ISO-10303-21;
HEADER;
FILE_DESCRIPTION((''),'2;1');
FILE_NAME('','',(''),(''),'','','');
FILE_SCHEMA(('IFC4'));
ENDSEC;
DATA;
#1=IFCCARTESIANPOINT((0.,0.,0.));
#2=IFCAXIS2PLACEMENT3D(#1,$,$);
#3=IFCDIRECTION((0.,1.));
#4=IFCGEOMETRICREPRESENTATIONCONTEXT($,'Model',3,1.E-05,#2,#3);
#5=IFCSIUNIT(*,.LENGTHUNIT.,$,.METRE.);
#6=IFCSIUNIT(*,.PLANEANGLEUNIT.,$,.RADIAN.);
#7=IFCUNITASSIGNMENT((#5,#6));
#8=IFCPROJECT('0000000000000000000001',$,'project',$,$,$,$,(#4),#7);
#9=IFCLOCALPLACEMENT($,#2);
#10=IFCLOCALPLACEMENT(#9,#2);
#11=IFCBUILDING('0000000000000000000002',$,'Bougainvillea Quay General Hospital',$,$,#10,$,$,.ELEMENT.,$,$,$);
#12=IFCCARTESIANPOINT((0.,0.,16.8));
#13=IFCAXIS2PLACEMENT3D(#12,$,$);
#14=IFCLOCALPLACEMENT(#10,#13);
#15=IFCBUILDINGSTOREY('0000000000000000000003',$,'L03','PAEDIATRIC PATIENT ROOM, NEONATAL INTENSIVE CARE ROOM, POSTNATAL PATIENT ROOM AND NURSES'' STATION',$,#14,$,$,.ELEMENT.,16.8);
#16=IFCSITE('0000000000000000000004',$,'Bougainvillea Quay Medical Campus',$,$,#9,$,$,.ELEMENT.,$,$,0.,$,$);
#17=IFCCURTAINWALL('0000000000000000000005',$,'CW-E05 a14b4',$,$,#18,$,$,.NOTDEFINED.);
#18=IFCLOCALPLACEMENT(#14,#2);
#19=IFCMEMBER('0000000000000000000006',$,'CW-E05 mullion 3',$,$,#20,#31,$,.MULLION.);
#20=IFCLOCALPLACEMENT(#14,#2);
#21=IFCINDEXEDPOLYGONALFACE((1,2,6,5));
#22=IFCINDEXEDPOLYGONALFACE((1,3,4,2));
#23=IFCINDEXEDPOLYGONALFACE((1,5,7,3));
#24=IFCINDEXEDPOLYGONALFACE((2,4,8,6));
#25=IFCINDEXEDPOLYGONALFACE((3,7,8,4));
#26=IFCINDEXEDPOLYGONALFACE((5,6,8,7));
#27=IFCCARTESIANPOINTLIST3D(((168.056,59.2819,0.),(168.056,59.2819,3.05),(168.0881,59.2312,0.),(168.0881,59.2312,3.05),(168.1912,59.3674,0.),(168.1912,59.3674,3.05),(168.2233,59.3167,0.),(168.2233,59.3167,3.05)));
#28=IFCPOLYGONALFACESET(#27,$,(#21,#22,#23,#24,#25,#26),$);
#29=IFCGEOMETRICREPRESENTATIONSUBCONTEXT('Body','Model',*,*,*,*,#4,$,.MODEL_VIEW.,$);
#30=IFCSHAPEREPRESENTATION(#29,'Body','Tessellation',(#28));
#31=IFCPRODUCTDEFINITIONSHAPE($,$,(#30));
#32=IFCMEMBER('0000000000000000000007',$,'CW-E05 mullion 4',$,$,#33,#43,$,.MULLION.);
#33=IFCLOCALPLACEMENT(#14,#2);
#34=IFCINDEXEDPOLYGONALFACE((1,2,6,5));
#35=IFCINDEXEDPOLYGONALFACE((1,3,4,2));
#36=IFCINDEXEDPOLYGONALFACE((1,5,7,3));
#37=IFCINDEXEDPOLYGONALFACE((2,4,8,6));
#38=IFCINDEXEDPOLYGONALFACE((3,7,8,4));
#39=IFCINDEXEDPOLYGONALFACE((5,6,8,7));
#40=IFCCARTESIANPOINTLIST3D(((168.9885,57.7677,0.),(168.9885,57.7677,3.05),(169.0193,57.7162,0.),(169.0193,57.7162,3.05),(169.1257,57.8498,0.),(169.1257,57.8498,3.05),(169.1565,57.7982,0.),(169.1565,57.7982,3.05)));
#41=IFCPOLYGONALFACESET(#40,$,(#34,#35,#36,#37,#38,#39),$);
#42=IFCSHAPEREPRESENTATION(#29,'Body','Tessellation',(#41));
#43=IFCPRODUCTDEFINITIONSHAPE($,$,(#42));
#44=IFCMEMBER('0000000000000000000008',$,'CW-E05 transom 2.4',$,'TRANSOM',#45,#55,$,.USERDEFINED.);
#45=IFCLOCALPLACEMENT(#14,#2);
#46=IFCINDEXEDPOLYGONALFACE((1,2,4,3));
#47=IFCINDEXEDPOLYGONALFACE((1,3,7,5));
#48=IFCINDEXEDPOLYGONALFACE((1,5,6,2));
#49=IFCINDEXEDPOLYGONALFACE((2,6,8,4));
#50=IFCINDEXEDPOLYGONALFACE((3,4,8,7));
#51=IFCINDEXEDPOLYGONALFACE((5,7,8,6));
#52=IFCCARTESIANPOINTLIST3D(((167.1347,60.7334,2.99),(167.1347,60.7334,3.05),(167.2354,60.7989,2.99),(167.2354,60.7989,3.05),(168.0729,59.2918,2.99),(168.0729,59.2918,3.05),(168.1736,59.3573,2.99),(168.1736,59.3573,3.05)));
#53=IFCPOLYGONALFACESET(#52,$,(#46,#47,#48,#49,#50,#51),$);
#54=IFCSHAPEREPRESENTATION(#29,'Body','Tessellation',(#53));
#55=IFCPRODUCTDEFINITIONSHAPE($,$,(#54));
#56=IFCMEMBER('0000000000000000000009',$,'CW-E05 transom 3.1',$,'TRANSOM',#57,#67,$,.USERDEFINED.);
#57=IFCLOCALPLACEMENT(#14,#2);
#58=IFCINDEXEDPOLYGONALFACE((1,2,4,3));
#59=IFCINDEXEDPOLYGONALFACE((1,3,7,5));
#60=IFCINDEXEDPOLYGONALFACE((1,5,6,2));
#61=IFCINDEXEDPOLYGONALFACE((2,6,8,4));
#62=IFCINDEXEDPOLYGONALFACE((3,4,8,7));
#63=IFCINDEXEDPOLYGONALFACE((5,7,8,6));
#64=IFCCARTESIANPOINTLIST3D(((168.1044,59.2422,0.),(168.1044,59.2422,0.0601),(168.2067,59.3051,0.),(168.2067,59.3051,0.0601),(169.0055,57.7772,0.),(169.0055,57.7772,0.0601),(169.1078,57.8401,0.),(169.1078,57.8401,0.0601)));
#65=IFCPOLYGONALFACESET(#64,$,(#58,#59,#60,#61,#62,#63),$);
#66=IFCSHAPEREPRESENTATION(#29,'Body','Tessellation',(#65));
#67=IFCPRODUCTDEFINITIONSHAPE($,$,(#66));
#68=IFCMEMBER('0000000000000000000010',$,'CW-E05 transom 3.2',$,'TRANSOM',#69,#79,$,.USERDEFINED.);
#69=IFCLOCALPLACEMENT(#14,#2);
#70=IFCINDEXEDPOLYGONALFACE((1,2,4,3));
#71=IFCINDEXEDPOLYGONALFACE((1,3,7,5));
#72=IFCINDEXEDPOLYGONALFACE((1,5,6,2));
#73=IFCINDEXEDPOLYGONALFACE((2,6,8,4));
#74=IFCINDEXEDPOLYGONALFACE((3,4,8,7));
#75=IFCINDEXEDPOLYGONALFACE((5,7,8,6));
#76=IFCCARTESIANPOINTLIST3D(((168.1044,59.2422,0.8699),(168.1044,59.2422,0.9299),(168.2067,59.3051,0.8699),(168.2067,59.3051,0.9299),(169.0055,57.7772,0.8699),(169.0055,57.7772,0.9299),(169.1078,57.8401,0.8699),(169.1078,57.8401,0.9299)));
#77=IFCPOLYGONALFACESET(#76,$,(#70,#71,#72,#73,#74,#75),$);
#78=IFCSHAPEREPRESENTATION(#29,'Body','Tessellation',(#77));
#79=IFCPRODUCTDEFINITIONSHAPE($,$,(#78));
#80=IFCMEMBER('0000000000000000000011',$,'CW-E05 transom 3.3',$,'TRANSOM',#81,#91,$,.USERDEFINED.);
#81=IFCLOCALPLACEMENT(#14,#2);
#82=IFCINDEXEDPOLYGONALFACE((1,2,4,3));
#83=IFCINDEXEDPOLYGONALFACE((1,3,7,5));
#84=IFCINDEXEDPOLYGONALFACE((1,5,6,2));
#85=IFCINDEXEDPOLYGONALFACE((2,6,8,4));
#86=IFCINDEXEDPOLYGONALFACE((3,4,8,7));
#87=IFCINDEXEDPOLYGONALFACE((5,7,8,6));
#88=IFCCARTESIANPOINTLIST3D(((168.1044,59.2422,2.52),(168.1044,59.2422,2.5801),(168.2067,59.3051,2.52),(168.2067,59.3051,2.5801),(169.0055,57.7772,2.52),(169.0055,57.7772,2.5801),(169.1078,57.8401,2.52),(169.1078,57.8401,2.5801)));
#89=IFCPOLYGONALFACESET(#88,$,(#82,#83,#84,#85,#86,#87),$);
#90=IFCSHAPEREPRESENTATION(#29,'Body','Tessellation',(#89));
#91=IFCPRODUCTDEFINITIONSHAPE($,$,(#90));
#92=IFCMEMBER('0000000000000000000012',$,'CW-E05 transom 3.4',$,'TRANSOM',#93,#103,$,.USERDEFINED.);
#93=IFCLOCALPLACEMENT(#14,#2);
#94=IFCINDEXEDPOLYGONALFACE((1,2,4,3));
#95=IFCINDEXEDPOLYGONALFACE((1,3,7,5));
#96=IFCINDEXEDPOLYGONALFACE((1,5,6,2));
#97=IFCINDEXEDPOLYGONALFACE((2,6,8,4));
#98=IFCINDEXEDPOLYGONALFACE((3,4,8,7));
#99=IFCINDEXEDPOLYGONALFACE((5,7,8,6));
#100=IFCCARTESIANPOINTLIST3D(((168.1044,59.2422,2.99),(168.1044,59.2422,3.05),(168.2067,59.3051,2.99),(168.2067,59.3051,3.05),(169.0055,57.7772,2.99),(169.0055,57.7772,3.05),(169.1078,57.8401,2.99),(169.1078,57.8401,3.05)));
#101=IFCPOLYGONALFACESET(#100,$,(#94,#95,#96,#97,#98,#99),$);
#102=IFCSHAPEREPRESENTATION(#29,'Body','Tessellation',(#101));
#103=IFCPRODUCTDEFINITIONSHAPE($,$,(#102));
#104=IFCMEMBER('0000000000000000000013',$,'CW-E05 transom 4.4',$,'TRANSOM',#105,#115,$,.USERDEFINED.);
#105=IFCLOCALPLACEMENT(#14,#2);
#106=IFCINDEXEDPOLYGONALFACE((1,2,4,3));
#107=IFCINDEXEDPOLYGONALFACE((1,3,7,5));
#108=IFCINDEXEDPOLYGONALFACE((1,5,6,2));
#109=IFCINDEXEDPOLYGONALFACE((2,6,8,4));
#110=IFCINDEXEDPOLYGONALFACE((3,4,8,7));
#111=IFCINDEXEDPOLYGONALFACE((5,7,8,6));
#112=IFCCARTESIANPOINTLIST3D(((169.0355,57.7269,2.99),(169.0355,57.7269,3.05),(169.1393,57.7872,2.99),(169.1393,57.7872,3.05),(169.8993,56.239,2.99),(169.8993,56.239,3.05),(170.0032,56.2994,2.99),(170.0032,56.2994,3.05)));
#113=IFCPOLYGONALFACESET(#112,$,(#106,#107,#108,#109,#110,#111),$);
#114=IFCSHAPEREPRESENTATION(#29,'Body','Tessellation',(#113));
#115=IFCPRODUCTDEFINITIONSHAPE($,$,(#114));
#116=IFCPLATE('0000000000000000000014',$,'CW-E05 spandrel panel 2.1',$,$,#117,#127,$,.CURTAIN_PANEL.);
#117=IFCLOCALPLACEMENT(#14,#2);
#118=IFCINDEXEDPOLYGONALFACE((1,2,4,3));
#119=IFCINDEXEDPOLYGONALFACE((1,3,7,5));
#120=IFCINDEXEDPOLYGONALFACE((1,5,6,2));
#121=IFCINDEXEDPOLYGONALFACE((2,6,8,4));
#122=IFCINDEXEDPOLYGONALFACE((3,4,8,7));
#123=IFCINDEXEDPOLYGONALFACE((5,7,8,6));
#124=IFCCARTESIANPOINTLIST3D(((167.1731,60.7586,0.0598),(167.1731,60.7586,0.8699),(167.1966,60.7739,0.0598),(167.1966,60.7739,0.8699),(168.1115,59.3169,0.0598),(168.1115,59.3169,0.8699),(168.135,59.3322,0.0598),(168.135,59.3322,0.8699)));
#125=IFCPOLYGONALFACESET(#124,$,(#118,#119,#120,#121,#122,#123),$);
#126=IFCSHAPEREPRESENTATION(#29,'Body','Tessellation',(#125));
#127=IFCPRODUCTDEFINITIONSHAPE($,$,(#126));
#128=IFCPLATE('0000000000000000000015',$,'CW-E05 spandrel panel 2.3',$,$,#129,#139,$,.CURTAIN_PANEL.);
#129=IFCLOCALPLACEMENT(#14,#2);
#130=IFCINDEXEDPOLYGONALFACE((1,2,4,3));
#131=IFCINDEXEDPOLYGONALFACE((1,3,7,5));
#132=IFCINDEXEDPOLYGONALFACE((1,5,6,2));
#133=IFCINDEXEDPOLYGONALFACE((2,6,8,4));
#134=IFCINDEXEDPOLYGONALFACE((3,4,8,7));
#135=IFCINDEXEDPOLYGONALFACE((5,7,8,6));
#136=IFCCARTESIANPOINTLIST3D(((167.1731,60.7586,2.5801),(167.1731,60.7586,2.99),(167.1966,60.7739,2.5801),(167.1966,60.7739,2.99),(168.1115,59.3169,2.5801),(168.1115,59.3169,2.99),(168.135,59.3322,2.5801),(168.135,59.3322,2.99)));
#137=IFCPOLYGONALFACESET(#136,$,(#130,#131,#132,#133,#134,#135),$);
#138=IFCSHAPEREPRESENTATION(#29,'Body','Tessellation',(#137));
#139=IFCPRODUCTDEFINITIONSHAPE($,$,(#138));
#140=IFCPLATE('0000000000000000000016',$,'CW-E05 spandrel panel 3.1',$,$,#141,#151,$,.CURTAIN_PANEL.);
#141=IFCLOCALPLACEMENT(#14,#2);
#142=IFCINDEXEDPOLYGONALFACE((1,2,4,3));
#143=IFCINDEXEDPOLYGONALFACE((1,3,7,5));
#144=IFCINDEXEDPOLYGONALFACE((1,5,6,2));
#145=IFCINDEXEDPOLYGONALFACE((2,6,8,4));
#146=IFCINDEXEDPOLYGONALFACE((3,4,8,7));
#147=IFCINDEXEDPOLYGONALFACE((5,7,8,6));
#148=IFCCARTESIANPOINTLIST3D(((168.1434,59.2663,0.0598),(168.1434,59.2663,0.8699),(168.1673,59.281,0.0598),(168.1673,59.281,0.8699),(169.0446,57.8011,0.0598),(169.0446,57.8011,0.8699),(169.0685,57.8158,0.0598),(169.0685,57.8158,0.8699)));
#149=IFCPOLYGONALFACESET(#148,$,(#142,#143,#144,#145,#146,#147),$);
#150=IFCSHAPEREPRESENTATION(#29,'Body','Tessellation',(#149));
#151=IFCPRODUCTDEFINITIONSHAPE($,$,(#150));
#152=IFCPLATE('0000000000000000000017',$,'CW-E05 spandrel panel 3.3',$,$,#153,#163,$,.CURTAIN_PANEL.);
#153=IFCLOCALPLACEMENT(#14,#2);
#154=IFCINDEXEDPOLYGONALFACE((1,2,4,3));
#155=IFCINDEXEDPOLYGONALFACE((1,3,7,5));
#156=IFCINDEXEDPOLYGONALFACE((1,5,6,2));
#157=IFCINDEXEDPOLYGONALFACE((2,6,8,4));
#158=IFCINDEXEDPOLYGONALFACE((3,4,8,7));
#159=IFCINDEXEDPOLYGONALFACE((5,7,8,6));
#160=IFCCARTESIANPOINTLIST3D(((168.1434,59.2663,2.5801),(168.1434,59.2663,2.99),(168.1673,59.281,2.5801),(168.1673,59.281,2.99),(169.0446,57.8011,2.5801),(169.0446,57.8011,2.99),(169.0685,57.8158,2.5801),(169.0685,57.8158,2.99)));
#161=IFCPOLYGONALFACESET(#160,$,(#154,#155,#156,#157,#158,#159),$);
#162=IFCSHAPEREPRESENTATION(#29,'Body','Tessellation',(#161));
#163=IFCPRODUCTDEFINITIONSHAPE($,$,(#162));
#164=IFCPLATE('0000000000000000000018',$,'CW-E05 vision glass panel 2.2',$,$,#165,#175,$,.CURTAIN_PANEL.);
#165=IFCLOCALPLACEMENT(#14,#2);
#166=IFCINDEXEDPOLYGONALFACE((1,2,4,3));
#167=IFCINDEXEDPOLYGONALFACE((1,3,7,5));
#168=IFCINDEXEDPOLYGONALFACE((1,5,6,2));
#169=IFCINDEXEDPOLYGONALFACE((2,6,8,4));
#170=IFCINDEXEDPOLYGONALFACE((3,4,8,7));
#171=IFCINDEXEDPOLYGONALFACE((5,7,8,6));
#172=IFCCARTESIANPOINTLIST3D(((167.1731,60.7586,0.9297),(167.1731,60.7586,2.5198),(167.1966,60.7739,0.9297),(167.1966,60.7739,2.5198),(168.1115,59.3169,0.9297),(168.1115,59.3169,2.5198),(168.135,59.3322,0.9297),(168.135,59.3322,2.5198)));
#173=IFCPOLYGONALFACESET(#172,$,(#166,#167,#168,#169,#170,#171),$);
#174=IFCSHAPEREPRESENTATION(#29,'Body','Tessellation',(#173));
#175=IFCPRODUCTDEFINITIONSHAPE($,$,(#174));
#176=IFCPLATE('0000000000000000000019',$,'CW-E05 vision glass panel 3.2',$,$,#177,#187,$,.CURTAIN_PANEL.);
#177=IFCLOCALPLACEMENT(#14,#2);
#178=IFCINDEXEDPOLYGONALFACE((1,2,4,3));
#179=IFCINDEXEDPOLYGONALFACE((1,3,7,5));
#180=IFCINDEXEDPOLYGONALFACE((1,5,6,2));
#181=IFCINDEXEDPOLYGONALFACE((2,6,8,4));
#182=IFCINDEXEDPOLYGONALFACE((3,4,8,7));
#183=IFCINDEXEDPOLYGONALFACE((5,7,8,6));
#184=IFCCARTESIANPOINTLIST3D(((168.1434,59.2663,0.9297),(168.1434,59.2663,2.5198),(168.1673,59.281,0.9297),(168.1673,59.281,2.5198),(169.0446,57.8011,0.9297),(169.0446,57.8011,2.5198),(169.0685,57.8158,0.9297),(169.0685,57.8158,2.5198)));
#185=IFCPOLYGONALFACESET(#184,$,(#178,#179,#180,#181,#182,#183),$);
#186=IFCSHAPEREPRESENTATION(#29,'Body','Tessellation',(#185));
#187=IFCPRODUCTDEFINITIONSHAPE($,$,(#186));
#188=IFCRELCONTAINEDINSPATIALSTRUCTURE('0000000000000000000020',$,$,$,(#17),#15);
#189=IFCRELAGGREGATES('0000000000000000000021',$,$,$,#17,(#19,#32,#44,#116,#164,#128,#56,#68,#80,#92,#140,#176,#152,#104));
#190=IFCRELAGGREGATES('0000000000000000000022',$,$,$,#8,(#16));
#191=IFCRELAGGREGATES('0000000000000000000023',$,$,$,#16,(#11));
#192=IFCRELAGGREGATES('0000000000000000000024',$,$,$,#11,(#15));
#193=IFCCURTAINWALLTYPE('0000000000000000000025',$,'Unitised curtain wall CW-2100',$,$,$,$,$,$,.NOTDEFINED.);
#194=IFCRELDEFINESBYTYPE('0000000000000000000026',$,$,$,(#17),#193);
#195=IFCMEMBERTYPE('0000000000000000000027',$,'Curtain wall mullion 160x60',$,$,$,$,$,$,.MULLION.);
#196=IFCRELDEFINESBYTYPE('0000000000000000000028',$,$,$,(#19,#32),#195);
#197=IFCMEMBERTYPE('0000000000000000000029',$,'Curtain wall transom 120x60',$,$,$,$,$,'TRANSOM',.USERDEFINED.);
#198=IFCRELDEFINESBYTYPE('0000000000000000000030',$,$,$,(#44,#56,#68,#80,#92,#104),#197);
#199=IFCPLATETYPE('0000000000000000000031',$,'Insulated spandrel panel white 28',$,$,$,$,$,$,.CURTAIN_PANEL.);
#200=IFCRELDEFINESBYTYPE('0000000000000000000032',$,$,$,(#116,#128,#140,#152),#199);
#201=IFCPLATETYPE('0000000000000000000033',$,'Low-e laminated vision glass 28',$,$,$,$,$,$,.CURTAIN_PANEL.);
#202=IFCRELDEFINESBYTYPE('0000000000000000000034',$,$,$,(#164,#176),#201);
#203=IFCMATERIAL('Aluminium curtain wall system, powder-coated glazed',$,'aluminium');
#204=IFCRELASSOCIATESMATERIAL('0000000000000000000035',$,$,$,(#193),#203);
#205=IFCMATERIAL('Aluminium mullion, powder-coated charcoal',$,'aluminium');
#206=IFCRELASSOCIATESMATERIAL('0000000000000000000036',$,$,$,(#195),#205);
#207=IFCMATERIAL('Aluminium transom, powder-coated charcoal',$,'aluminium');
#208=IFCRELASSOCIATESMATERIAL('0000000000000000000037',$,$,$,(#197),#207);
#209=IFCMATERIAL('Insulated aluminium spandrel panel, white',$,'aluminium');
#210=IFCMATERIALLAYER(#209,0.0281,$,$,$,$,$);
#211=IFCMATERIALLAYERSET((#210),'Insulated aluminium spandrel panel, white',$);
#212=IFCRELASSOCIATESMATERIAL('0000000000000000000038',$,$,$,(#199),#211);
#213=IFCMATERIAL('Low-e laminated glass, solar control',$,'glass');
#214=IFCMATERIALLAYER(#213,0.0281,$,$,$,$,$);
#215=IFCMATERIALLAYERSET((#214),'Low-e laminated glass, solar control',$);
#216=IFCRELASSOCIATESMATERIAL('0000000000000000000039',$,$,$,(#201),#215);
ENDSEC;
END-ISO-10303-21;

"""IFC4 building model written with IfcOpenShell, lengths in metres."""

from ifc_helpers import new_model, si_unit, direction, frame, origin, origin_2d, place, context, subcontext, project, spatial, rectangle, extrude, material, layer, layer_set, material_profile, profile_set, type_object, element, aggregate, save


model = new_model("IFC4")

# Units and contexts
model_context = context("Model", 3, precision=1e-05, world=origin(), true_north=direction((0.0, 1.0)))
body_context = subcontext(model_context, "Body", "Model", "MODEL_VIEW")
ifc_project = project(units=[si_unit("LENGTHUNIT", "METRE"), si_unit("PLANEANGLEUNIT", "RADIAN")], contexts=[model_context])

# Site, building, storey
site_placement = place(None, origin())
site = spatial("IfcSite", under=ifc_project, at=site_placement, Name="Bougainvillea Quay Medical Campus", CompositionType="ELEMENT", RefElevation=0.0)
building_placement = place(site_placement, origin())
building = spatial("IfcBuilding", under=site, at=building_placement, Name="Bougainvillea Quay General Hospital", CompositionType="ELEMENT")
storey_placement = place(building_placement, frame((0.0, 0.0, 16.8)))
storey = spatial("IfcBuildingStorey", under=building, at=storey_placement, Name="L03", Description="PAEDIATRIC PATIENT ROOM, NEONATAL INTENSIVE CARE ROOM, POSTNATAL PATIENT ROOM AND NURSES' STATION", CompositionType="ELEMENT", Elevation=16.8)

# Curtain wall, members, plates
ifc_material_1 = material(Name="Aluminium curtain wall system, powder-coated glazed", Category="aluminium")
curtain_wall_type = type_object("IfcCurtainWallType", Name="Unitised curtain wall CW-2100", PredefinedType="NOTDEFINED", material=ifc_material_1)
curtain_wall_placement = place(storey_placement, origin())
curtain_wall = element("IfcCurtainWall", 1, at=curtain_wall_placement, inside=storey, type_object=curtain_wall_type, Name="CW-E05 a14b4", PredefinedType="NOTDEFINED")
ifc_material_2 = material(Name="Aluminium mullion, powder-coated charcoal", Category="aluminium")
ifc_material_profile_1 = material_profile(ifc_material_2, rectangle(XDim=0.1599, YDim=0.0601, at=origin_2d()))
ifc_profile_set_1 = profile_set([ifc_material_profile_1], Name="Aluminium mullion, powder-coated charcoal")
member_type_1 = type_object("IfcMemberType", Name="Curtain wall mullion 160x60", PredefinedType="MULLION", material=ifc_profile_set_1)
member_1_placement = place(storey_placement, frame((168.1396, 59.2993, 0.0), z_axis=(0.0, 0.0, 1.0), x_axis=(0.845008, 0.534754, 0.0)))
member_1 = element("IfcMember", 2, at=member_1_placement, type_object=member_type_1, Name="CW-E05 mullion 3", PredefinedType="MULLION", context=body_context, shape_type="SweptSolid", body=[
    extrude(rectangle(XDim=0.1599, YDim=0.0601, at=origin_2d()), origin(), (0.0, 0.0, 1.0), 3.05),
])
member_2_placement = place(storey_placement, frame((169.0725, 57.783, 0.0), z_axis=(0.0, 0.0, 1.0), x_axis=(0.85838, 0.513014, 0.0)))
member_2 = element("IfcMember", 3, at=member_2_placement, type_object=member_type_1, Name="CW-E05 mullion 4", PredefinedType="MULLION", context=body_context, shape_type="SweptSolid", body=[
    extrude(rectangle(XDim=0.1599, YDim=0.0601, at=origin_2d()), origin(), (0.0, 0.0, 1.0), 3.05),
])
ifc_material_3 = material(Name="Aluminium transom, powder-coated charcoal", Category="aluminium")
ifc_material_profile_2 = material_profile(ifc_material_3, rectangle(XDim=0.1201, YDim=0.0601, at=origin_2d()))
ifc_profile_set_2 = profile_set([ifc_material_profile_2], Name="Aluminium transom, powder-coated charcoal")
member_type_2 = type_object("IfcMemberType", Name="Curtain wall transom 120x60", ElementType="TRANSOM", PredefinedType="USERDEFINED", material=ifc_profile_set_2)
member_3_placement = place(storey_placement, frame((167.1851, 60.7661, 3.02), z_axis=(0.545462, -0.838135, 0.0), x_axis=(0.838135, 0.545462, 0.0)))
member_3 = element("IfcMember", 4, at=member_3_placement, type_object=member_type_2, Name="CW-E05 transom 2.4", ObjectType="TRANSOM", PredefinedType="USERDEFINED", context=body_context, shape_type="SweptSolid", body=[
    extrude(rectangle(XDim=0.1201, YDim=0.0601, at=origin_2d()), origin(), (0.0, 0.0, 1.0), 1.72),
])
member_4_placement = place(storey_placement, frame((168.1555, 59.2737, 0.03), z_axis=(0.523899, -0.85178, 0.0), x_axis=(0.85178, 0.523899, 0.0)))
member_4 = element("IfcMember", 5, at=member_4_placement, type_object=member_type_2, Name="CW-E05 transom 3.1", ObjectType="TRANSOM", PredefinedType="USERDEFINED", context=body_context, shape_type="SweptSolid", body=[
    extrude(rectangle(XDim=0.1201, YDim=0.0601, at=origin_2d()), origin(), (0.0, 0.0, 1.0), 1.72),
])
member_5_placement = place(storey_placement, frame((168.1555, 59.2737, 0.8999), z_axis=(0.523899, -0.85178, 0.0), x_axis=(0.85178, 0.523899, 0.0)))
member_5 = element("IfcMember", 6, at=member_5_placement, type_object=member_type_2, Name="CW-E05 transom 3.2", ObjectType="TRANSOM", PredefinedType="USERDEFINED", context=body_context, shape_type="SweptSolid", body=[
    extrude(rectangle(XDim=0.1201, YDim=0.0601, at=origin_2d()), origin(), (0.0, 0.0, 1.0), 1.72),
])
member_6_placement = place(storey_placement, frame((168.1555, 59.2737, 2.55), z_axis=(0.523899, -0.85178, 0.0), x_axis=(0.85178, 0.523899, 0.0)))
member_6 = element("IfcMember", 7, at=member_6_placement, type_object=member_type_2, Name="CW-E05 transom 3.3", ObjectType="TRANSOM", PredefinedType="USERDEFINED", context=body_context, shape_type="SweptSolid", body=[
    extrude(rectangle(XDim=0.1201, YDim=0.0601, at=origin_2d()), origin(), (0.0, 0.0, 1.0), 1.72),
])
member_7_placement = place(storey_placement, frame((168.1555, 59.2737, 3.02), z_axis=(0.523899, -0.85178, 0.0), x_axis=(0.85178, 0.523899, 0.0)))
member_7 = element("IfcMember", 8, at=member_7_placement, type_object=member_type_2, Name="CW-E05 transom 3.4", ObjectType="TRANSOM", PredefinedType="USERDEFINED", context=body_context, shape_type="SweptSolid", body=[
    extrude(rectangle(XDim=0.1201, YDim=0.0601, at=origin_2d()), origin(), (0.0, 0.0, 1.0), 1.72),
])
member_8_placement = place(storey_placement, frame((169.0874, 57.7571, 3.02), z_axis=(0.502088, -0.864817, 0.0), x_axis=(0.864817, 0.502088, 0.0)))
member_8 = element("IfcMember", 9, at=member_8_placement, type_object=member_type_2, Name="CW-E05 transom 4.4", ObjectType="TRANSOM", PredefinedType="USERDEFINED", context=body_context, shape_type="SweptSolid", body=[
    extrude(rectangle(XDim=0.1201, YDim=0.0601, at=origin_2d()), origin(), (0.0, 0.0, 1.0), 1.7205),
])
ifc_material_4 = material(Name="Insulated aluminium spandrel panel, white", Category="aluminium")
ifc_layer_1 = layer(ifc_material_4, 0.0281)
ifc_layer_set_1 = layer_set([ifc_layer_1], Name="Insulated aluminium spandrel panel, white")
plate_type_1 = type_object("IfcPlateType", Name="Insulated spandrel panel white 28", PredefinedType="CURTAIN_PANEL", material=ifc_layer_set_1)
plate_1_placement = place(storey_placement, frame((167.6541, 60.0454, 0.0598), z_axis=(0.0, 0.0, 1.0), x_axis=(0.545494, -0.838115, 0.0)))
plate_1 = element("IfcPlate", 10, at=plate_1_placement, type_object=plate_type_1, Name="CW-E05 spandrel panel 2.1", PredefinedType="CURTAIN_PANEL", context=body_context, shape_type="SweptSolid", body=[
    extrude(rectangle(XDim=1.7202, YDim=0.0281, at=origin_2d()), origin(), (0.0, 0.0, 1.0), 0.8101),
])
plate_2_placement = place(storey_placement, frame((167.6541, 60.0454, 2.5801), z_axis=(0.0, 0.0, 1.0), x_axis=(0.545494, -0.838115, 0.0)))
plate_2 = element("IfcPlate", 11, at=plate_2_placement, type_object=plate_type_1, Name="CW-E05 spandrel panel 2.3", PredefinedType="CURTAIN_PANEL", context=body_context, shape_type="SweptSolid", body=[
    extrude(rectangle(XDim=1.7202, YDim=0.0281, at=origin_2d()), origin(), (0.0, 0.0, 1.0), 0.4099),
])
plate_3_placement = place(storey_placement, frame((168.606, 58.541, 0.0598), z_axis=(0.0, 0.0, 1.0), x_axis=(0.523926, -0.851764, 0.0)))
plate_3 = element("IfcPlate", 12, at=plate_3_placement, type_object=plate_type_1, Name="CW-E05 spandrel panel 3.1", PredefinedType="CURTAIN_PANEL", context=body_context, shape_type="SweptSolid", body=[
    extrude(rectangle(XDim=1.7202, YDim=0.0281, at=origin_2d()), origin(), (0.0, 0.0, 1.0), 0.8101),
])
plate_4_placement = place(storey_placement, frame((168.606, 58.541, 2.5801), z_axis=(0.0, 0.0, 1.0), x_axis=(0.523926, -0.851764, 0.0)))
plate_4 = element("IfcPlate", 13, at=plate_4_placement, type_object=plate_type_1, Name="CW-E05 spandrel panel 3.3", PredefinedType="CURTAIN_PANEL", context=body_context, shape_type="SweptSolid", body=[
    extrude(rectangle(XDim=1.7202, YDim=0.0281, at=origin_2d()), origin(), (0.0, 0.0, 1.0), 0.4099),
])
ifc_material_5 = material(Name="Low-e laminated glass, solar control", Category="glass")
ifc_layer_2 = layer(ifc_material_5, 0.0281)
ifc_layer_set_2 = layer_set([ifc_layer_2], Name="Low-e laminated glass, solar control")
plate_type_2 = type_object("IfcPlateType", Name="Low-e laminated vision glass 28", PredefinedType="CURTAIN_PANEL", material=ifc_layer_set_2)
plate_5_placement = place(storey_placement, frame((167.6541, 60.0454, 0.9297), z_axis=(0.0, 0.0, 1.0), x_axis=(0.545494, -0.838115, 0.0)))
plate_5 = element("IfcPlate", 14, at=plate_5_placement, type_object=plate_type_2, Name="CW-E05 vision glass panel 2.2", PredefinedType="CURTAIN_PANEL", context=body_context, shape_type="SweptSolid", body=[
    extrude(rectangle(XDim=1.7202, YDim=0.0281, at=origin_2d()), origin(), (0.0, 0.0, 1.0), 1.5901),
])
plate_6_placement = place(storey_placement, frame((168.606, 58.541, 0.9297), z_axis=(0.0, 0.0, 1.0), x_axis=(0.523926, -0.851764, 0.0)))
plate_6 = element("IfcPlate", 15, at=plate_6_placement, type_object=plate_type_2, Name="CW-E05 vision glass panel 3.2", PredefinedType="CURTAIN_PANEL", context=body_context, shape_type="SweptSolid", body=[
    extrude(rectangle(XDim=1.7202, YDim=0.0281, at=origin_2d()), origin(), (0.0, 0.0, 1.0), 1.5901),
])
aggregate(curtain_wall, [member_1, member_2, member_3, plate_1, plate_5, plate_2, member_4, member_5, member_6, member_7, plate_3, plate_6, plate_4, member_8])

save(model, "model.ifc")
